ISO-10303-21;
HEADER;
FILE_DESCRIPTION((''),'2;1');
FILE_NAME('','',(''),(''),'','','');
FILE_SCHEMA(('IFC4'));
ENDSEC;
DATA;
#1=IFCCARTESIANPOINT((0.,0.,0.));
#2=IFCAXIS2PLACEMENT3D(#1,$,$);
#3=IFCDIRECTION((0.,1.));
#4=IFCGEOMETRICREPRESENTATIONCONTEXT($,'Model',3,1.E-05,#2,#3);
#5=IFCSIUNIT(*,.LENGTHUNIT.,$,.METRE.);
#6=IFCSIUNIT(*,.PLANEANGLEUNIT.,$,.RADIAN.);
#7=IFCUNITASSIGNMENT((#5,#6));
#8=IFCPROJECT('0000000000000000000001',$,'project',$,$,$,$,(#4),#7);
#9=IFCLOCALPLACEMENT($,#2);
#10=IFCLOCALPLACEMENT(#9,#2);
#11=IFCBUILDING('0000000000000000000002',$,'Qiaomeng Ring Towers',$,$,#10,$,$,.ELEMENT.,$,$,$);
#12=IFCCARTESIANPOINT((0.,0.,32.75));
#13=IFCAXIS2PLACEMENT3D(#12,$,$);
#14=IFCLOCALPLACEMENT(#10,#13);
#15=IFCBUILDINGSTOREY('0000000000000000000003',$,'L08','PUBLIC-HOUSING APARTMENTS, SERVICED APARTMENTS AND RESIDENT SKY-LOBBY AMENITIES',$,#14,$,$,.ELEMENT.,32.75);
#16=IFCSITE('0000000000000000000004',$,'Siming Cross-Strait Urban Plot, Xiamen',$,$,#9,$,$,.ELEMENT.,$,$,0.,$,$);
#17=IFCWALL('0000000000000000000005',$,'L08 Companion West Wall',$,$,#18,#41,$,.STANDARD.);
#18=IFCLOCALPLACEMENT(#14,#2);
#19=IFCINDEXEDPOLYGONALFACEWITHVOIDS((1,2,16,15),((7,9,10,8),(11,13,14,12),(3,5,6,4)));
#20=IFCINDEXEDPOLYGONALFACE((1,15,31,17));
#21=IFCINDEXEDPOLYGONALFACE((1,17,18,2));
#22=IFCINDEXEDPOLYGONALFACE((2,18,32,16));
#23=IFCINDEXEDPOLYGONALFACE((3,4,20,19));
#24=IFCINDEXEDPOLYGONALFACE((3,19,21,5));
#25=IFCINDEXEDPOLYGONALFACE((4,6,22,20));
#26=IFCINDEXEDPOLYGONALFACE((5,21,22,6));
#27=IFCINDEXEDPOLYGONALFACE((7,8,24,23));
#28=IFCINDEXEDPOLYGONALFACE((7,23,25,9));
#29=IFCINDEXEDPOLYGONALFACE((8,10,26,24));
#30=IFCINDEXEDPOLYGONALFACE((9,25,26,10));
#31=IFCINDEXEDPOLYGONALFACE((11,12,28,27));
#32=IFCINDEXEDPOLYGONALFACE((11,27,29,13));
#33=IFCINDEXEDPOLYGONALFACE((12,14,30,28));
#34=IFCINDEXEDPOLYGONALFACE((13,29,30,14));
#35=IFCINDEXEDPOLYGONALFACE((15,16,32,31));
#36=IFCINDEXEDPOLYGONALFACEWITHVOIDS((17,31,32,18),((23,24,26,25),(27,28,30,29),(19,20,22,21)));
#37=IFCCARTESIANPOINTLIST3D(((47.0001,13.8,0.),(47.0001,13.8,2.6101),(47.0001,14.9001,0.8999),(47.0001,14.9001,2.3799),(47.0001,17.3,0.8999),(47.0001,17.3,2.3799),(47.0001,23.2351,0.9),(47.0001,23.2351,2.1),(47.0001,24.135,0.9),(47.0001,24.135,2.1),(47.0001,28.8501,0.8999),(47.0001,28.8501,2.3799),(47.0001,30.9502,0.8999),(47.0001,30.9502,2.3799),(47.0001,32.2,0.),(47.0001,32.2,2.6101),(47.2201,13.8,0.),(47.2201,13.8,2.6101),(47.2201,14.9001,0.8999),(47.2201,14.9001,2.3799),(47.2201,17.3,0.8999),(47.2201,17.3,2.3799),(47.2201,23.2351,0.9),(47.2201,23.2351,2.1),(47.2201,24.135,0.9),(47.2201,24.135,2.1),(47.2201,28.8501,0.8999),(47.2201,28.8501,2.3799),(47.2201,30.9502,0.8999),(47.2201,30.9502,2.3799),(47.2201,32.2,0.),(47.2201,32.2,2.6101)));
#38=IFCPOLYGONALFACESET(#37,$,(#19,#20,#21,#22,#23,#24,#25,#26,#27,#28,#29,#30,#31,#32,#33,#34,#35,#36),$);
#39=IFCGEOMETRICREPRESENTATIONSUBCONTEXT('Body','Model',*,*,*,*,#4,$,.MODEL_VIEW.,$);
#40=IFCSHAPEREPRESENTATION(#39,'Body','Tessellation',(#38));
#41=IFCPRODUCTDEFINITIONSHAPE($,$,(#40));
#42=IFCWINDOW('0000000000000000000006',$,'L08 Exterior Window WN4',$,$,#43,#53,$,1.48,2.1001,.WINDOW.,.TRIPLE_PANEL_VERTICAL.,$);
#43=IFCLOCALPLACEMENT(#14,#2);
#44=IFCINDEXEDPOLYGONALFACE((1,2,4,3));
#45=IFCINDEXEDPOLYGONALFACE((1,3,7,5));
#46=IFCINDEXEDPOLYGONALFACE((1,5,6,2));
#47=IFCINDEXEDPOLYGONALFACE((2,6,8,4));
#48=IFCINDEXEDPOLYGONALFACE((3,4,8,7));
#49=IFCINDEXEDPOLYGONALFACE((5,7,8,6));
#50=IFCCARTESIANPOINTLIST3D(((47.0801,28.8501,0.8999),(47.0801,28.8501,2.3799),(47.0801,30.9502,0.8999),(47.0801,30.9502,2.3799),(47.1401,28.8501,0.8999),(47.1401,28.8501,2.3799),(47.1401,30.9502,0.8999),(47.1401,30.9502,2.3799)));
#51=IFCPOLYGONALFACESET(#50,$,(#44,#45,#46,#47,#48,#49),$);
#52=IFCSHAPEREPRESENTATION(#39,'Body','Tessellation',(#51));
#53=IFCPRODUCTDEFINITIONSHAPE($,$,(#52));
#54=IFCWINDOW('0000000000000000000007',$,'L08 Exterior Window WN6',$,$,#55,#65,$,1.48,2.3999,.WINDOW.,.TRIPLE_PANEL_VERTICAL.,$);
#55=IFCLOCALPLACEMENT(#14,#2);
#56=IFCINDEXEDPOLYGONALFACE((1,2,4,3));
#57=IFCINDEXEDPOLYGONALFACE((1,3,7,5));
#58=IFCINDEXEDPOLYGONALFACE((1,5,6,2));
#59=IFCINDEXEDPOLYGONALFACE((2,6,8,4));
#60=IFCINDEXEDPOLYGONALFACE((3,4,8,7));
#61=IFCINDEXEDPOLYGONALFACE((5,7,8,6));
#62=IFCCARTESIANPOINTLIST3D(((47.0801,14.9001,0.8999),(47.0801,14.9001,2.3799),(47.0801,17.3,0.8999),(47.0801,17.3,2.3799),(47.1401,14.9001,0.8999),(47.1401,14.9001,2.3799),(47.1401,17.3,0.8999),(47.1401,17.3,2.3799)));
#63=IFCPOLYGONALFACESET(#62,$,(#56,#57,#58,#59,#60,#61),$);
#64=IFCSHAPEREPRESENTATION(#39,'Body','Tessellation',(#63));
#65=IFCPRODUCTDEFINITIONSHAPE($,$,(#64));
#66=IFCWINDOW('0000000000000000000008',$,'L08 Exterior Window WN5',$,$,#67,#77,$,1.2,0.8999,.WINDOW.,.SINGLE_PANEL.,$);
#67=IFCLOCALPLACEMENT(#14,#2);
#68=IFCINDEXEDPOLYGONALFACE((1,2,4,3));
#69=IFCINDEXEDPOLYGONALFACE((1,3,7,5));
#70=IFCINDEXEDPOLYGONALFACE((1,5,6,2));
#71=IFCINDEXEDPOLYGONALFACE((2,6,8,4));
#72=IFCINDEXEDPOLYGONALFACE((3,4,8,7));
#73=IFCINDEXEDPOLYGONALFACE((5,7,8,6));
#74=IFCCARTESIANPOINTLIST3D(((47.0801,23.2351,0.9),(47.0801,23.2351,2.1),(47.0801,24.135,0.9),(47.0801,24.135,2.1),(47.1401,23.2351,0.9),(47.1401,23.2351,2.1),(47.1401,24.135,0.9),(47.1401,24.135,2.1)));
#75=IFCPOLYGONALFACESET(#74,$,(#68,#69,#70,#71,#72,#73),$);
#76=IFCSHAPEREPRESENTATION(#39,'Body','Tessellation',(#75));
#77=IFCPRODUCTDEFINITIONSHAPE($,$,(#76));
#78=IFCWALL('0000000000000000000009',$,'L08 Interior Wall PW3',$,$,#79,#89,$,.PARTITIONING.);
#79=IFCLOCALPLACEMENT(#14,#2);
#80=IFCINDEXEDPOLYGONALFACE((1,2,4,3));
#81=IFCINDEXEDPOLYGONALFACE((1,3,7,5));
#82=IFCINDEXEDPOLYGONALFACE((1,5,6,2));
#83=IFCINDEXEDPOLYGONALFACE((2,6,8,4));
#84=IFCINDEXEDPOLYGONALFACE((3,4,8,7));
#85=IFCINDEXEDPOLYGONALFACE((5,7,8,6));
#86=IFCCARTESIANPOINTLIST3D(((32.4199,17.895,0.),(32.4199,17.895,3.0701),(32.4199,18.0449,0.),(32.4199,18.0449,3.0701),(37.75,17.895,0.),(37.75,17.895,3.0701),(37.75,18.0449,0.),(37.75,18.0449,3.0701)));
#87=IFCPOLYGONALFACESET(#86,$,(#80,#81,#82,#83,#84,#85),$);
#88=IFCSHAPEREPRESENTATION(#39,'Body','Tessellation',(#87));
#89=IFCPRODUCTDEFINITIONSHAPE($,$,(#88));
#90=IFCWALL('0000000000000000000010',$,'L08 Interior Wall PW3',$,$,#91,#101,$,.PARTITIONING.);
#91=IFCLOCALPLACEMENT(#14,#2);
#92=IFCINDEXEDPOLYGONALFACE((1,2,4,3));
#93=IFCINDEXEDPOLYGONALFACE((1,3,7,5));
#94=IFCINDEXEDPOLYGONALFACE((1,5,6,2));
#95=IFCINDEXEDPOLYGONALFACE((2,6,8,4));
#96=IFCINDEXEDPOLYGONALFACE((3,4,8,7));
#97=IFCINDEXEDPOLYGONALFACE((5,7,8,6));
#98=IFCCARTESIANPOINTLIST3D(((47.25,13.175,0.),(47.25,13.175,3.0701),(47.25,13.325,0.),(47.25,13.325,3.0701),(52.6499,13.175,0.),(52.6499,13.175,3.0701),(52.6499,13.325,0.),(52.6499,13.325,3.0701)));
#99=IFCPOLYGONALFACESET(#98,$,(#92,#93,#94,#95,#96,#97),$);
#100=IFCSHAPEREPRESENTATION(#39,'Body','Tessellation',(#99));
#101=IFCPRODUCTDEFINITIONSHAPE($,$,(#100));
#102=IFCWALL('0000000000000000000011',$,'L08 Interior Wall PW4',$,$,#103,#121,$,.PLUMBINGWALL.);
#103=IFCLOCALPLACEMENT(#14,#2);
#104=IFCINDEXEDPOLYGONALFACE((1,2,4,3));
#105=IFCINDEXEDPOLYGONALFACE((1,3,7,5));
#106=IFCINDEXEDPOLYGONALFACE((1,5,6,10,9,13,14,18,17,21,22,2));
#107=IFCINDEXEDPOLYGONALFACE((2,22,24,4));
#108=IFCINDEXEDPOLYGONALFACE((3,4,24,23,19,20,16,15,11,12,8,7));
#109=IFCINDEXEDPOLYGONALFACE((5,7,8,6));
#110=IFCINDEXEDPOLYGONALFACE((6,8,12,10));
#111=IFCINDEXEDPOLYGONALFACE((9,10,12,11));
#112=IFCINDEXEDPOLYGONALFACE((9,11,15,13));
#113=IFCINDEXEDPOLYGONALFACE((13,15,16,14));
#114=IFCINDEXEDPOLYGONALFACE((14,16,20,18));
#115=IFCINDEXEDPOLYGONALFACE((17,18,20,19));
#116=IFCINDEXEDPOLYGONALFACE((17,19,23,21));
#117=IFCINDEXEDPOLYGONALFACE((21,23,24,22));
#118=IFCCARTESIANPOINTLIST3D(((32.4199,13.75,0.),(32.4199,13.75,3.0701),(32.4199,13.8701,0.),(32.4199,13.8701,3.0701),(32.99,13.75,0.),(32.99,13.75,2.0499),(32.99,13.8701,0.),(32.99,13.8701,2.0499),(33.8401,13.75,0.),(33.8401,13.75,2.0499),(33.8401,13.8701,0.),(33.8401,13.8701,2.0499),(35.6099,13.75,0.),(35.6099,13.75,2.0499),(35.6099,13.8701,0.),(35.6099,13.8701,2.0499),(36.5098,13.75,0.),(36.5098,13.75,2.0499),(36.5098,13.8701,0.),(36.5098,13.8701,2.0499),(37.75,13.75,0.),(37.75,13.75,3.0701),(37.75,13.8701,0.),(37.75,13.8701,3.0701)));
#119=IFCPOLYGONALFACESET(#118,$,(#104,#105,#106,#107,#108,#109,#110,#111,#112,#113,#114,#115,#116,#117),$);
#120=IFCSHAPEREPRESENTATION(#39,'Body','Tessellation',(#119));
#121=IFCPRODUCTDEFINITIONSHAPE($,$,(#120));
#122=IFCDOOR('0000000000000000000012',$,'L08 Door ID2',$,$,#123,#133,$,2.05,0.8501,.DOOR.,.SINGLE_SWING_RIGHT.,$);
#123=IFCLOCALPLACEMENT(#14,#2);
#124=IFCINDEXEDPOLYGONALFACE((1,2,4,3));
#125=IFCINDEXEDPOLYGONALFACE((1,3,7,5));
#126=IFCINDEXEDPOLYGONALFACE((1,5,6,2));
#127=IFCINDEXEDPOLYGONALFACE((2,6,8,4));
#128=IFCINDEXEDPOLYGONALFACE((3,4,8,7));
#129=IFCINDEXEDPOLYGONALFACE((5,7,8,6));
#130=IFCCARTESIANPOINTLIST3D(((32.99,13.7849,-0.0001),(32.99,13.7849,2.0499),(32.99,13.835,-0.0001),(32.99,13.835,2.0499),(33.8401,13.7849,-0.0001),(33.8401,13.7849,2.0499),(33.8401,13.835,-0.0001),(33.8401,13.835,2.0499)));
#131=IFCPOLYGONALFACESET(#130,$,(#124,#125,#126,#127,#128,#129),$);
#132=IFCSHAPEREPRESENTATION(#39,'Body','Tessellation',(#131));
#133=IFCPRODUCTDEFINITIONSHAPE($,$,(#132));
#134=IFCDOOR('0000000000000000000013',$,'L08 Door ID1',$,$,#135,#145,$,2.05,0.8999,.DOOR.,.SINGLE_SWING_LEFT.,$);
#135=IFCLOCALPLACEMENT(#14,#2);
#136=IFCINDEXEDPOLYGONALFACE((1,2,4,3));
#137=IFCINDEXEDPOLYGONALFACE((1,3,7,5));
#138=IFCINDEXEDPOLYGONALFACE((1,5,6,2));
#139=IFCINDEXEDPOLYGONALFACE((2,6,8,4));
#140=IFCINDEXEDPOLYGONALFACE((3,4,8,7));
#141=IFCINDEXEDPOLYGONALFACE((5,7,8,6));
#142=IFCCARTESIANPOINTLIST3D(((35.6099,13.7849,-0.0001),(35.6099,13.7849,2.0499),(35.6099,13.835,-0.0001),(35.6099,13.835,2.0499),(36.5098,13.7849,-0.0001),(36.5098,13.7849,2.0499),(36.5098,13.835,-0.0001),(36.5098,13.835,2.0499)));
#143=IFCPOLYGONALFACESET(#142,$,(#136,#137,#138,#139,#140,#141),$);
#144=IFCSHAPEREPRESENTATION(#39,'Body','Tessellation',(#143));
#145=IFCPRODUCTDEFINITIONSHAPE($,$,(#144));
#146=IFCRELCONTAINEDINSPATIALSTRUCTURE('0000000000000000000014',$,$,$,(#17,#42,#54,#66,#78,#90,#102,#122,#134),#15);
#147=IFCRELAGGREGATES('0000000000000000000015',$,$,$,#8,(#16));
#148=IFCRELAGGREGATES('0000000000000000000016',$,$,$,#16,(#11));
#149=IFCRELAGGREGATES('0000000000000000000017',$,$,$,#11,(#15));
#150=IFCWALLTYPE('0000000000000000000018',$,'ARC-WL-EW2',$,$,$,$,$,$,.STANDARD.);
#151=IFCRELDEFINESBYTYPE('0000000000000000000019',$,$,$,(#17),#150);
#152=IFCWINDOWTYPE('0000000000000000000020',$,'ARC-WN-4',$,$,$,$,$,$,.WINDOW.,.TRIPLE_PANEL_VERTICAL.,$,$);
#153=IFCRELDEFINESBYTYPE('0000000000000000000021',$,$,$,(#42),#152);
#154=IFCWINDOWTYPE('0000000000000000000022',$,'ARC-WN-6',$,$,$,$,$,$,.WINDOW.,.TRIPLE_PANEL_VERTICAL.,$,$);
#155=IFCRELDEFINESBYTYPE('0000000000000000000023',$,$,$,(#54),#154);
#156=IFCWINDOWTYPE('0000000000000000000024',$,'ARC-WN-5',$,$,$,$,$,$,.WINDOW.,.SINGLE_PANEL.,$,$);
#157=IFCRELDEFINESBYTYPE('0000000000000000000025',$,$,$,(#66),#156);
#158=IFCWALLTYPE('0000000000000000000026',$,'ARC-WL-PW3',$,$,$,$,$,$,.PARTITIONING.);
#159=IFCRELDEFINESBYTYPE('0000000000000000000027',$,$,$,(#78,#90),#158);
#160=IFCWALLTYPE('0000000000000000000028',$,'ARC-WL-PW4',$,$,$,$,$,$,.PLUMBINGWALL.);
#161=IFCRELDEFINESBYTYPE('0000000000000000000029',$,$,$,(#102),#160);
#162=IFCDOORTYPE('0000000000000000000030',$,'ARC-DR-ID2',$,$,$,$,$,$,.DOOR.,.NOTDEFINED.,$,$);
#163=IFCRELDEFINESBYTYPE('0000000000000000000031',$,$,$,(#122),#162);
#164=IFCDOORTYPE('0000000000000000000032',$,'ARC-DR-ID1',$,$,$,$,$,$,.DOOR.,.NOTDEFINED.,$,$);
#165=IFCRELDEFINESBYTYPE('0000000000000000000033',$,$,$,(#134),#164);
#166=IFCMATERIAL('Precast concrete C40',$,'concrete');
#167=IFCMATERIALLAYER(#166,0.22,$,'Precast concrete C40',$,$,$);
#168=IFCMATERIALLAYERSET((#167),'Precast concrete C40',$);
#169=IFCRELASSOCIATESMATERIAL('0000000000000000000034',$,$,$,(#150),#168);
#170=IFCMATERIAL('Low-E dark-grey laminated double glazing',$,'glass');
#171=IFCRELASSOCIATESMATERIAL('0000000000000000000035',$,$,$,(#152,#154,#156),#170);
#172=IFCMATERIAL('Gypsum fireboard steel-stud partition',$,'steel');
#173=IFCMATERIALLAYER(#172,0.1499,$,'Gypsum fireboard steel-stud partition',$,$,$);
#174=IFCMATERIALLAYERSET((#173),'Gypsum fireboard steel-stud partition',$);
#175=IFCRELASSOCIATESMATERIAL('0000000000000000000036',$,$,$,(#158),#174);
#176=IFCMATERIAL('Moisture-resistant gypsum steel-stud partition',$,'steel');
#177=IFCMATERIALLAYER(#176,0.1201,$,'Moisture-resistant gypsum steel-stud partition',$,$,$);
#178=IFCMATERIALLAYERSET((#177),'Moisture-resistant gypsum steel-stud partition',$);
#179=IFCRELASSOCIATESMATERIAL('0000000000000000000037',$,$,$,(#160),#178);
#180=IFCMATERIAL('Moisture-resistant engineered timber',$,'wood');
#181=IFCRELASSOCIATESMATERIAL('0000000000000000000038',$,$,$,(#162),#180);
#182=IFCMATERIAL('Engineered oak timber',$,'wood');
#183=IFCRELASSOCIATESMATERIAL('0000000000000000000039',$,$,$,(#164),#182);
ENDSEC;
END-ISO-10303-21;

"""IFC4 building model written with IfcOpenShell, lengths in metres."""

from ifc_helpers import new_model, si_unit, direction, frame, frame_2d, origin, place, context, subcontext, project, spatial, rectangle, extrude, source, transform, mapped, material, layer, layer_set, type_object, element, fill, save


model = new_model("IFC4")

# Units and contexts
model_context = context("Model", 3, precision=1e-05, world=origin(), true_north=direction((0.0, 1.0)))
body_context = subcontext(model_context, "Body", "Model", "MODEL_VIEW")
ifc_project = project(units=[si_unit("LENGTHUNIT", "METRE"), si_unit("PLANEANGLEUNIT", "RADIAN")], contexts=[model_context])

# Site, building, storey
site_placement = place(None, origin())
site = spatial("IfcSite", under=ifc_project, at=site_placement, Name="Siming Cross-Strait Urban Plot, Xiamen", CompositionType="ELEMENT", RefElevation=0.0)
building_placement = place(site_placement, origin())
building = spatial("IfcBuilding", under=site, at=building_placement, Name="Qiaomeng Ring Towers", CompositionType="ELEMENT")
storey_placement = place(building_placement, frame((0.0, 0.0, 32.75)))
storey = spatial("IfcBuildingStorey", under=building, at=storey_placement, Name="L08", Description="PUBLIC-HOUSING APARTMENTS, SERVICED APARTMENTS AND RESIDENT SKY-LOBBY AMENITIES", CompositionType="ELEMENT", Elevation=32.75)

# Wall, openings, windows
ifc_material_1 = material(Name="Precast concrete C40", Category="concrete")
ifc_layer_1 = layer(ifc_material_1, 0.22, Name="Precast concrete C40")
ifc_layer_set_1 = layer_set([ifc_layer_1], Name="Precast concrete C40")
wall_type_1 = type_object("IfcWallType", Name="ARC-WL-EW2", PredefinedType="STANDARD", material=ifc_layer_set_1)
wall_1_placement = place(storey_placement, frame((47.1101, 13.8, 0.0), z_axis=(0.0, 0.0, 1.0), x_axis=(0.0, 1.0, 0.0)))
wall_1 = element("IfcWall", 1, at=wall_1_placement, inside=storey, type_object=wall_type_1, Name="L08 Companion West Wall", PredefinedType="STANDARD", context=body_context, shape_type="SweptSolid", body=[
    extrude(rectangle(XDim=18.3999, YDim=0.22, at=frame_2d((9.2, 0.0))), origin(), (0.0, 0.0, 1.0), 2.6101),
])
opening_1_placement = place(wall_1_placement, frame((1.1001, 0.0, 0.8999)))
opening_1 = element("IfcOpeningElement", 2, at=opening_1_placement, cuts=wall_1, PredefinedType="OPENING", context=body_context, shape_type="SweptSolid", body=[
    extrude(rectangle(XDim=2.3999, YDim=1.48, at=frame_2d((1.2, 0.74))), frame((0.0, 0.1199, 0.0), z_axis=(0.0, -1.0, 0.0), x_axis=(1.0, 0.0, 0.0)), (0.0, 0.0, 1.0), 0.24),
])
opening_2_placement = place(wall_1_placement, frame((15.05, 0.0, 0.8999)))
opening_2 = element("IfcOpeningElement", 3, at=opening_2_placement, cuts=wall_1, PredefinedType="OPENING", context=body_context, shape_type="SweptSolid", body=[
    extrude(rectangle(XDim=2.1001, YDim=1.48, at=frame_2d((1.05, 0.74))), frame((0.0, 0.1199, 0.0), z_axis=(0.0, -1.0, 0.0), x_axis=(1.0, 0.0, 0.0)), (0.0, 0.0, 1.0), 0.24),
])
opening_3_placement = place(wall_1_placement, frame((9.4351, 0.0, 0.8999)))
opening_3 = element("IfcOpeningElement", 4, at=opening_3_placement, cuts=wall_1, PredefinedType="OPENING", context=body_context, shape_type="SweptSolid", body=[
    extrude(rectangle(XDim=0.8999, YDim=1.2, at=frame_2d((0.45, 0.6001))), frame((0.0, 0.1199, 0.0), z_axis=(0.0, -1.0, 0.0), x_axis=(1.0, 0.0, 0.0)), (0.0, 0.0, 1.0), 0.24),
])
ifc_material_2 = material(Name="Low-E dark-grey laminated double glazing", Category="glass")
window_type_1 = type_object("IfcWindowType", Name="ARC-WN-4", PartitioningType="TRIPLE_PANEL_VERTICAL", PredefinedType="WINDOW", material=ifc_material_2)
shared_shape_1 = source(origin(), body_context, "Body", "SweptSolid", [
    extrude(rectangle(XDim=2.1001, YDim=1.48, at=frame_2d((1.05, 0.74))), frame((0.0, 0.03, 0.0), z_axis=(0.0, -1.0, 0.0), x_axis=(1.0, 0.0, 0.0)), (0.0, 0.0, 1.0), 0.0601),
])
window_1_placement = place(opening_2_placement, origin())
window_1 = element("IfcWindow", 5, at=window_1_placement, inside=storey, type_object=window_type_1, Name="L08 Exterior Window WN4", OverallHeight=1.48, OverallWidth=2.1001, PartitioningType="TRIPLE_PANEL_VERTICAL", PredefinedType="WINDOW", context=body_context, shape_type="MappedRepresentation", body=[
    mapped(shared_shape_1, transform((0.0, 0.0, 0.0), x_axis=(1.0, 0.0, 0.0), y_axis=(0.0, 1.0, 0.0), z_axis=(0.0, 0.0, 1.0), scale=1.0)),
])
fill(opening_2, window_1)
window_type_2 = type_object("IfcWindowType", Name="ARC-WN-6", PartitioningType="TRIPLE_PANEL_VERTICAL", PredefinedType="WINDOW", material=ifc_material_2)
shared_shape_2 = source(origin(), body_context, "Body", "SweptSolid", [
    extrude(rectangle(XDim=2.3999, YDim=1.48, at=frame_2d((1.2, 0.74))), frame((0.0, 0.03, 0.0), z_axis=(0.0, -1.0, 0.0), x_axis=(1.0, 0.0, 0.0)), (0.0, 0.0, 1.0), 0.0601),
])
window_2_placement = place(opening_1_placement, origin())
window_2 = element("IfcWindow", 6, at=window_2_placement, inside=storey, type_object=window_type_2, Name="L08 Exterior Window WN6", OverallHeight=1.48, OverallWidth=2.3999, PartitioningType="TRIPLE_PANEL_VERTICAL", PredefinedType="WINDOW", context=body_context, shape_type="MappedRepresentation", body=[
    mapped(shared_shape_2, transform((0.0, 0.0, 0.0), x_axis=(1.0, 0.0, 0.0), y_axis=(0.0, 1.0, 0.0), z_axis=(0.0, 0.0, 1.0), scale=1.0)),
])
fill(opening_1, window_2)
window_type_3 = type_object("IfcWindowType", Name="ARC-WN-5", PartitioningType="SINGLE_PANEL", PredefinedType="WINDOW", material=ifc_material_2)
shared_shape_3 = source(origin(), body_context, "Body", "SweptSolid", [
    extrude(rectangle(XDim=0.8999, YDim=1.2, at=frame_2d((0.45, 0.6001))), frame((0.0, 0.03, 0.0), z_axis=(0.0, -1.0, 0.0), x_axis=(1.0, 0.0, 0.0)), (0.0, 0.0, 1.0), 0.0601),
])
window_3_placement = place(opening_3_placement, origin())
window_3 = element("IfcWindow", 7, at=window_3_placement, inside=storey, type_object=window_type_3, Name="L08 Exterior Window WN5", OverallHeight=1.2, OverallWidth=0.8999, PartitioningType="SINGLE_PANEL", PredefinedType="WINDOW", context=body_context, shape_type="MappedRepresentation", body=[
    mapped(shared_shape_3, transform((0.0, 0.0, 0.0), x_axis=(1.0, 0.0, 0.0), y_axis=(0.0, 1.0, 0.0), z_axis=(0.0, 0.0, 1.0), scale=1.0)),
])
fill(opening_3, window_3)

# Walls
ifc_material_3 = material(Name="Gypsum fireboard steel-stud partition", Category="steel")
ifc_layer_2 = layer(ifc_material_3, 0.1499, Name="Gypsum fireboard steel-stud partition")
ifc_layer_set_2 = layer_set([ifc_layer_2], Name="Gypsum fireboard steel-stud partition")
wall_type_2 = type_object("IfcWallType", Name="ARC-WL-PW3", PredefinedType="PARTITIONING", material=ifc_layer_set_2)
wall_2_placement = place(storey_placement, frame((32.4199, 17.97, 0.0), z_axis=(0.0, 0.0, 1.0), x_axis=(1.0, 0.0, 0.0)))
element("IfcWall", 8, at=wall_2_placement, inside=storey, type_object=wall_type_2, Name="L08 Interior Wall PW3", PredefinedType="PARTITIONING", context=body_context, shape_type="SweptSolid", body=[
    extrude(rectangle(XDim=5.3301, YDim=0.1499, at=frame_2d((2.665, 0.0))), origin(), (0.0, 0.0, 1.0), 3.0701),
])
wall_3_placement = place(storey_placement, frame((47.25, 13.25, 0.0), z_axis=(0.0, 0.0, 1.0), x_axis=(1.0, 0.0, 0.0)))
element("IfcWall", 9, at=wall_3_placement, inside=storey, type_object=wall_type_2, Name="L08 Interior Wall PW3", PredefinedType="PARTITIONING", context=body_context, shape_type="SweptSolid", body=[
    extrude(rectangle(XDim=5.3999, YDim=0.1499, at=frame_2d((2.7, 0.0))), origin(), (0.0, 0.0, 1.0), 3.0701),
])

# Wall, openings, doors
ifc_material_4 = material(Name="Moisture-resistant gypsum steel-stud partition", Category="steel")
ifc_layer_3 = layer(ifc_material_4, 0.1201, Name="Moisture-resistant gypsum steel-stud partition")
ifc_layer_set_3 = layer_set([ifc_layer_3], Name="Moisture-resistant gypsum steel-stud partition")
wall_type_3 = type_object("IfcWallType", Name="ARC-WL-PW4", PredefinedType="PLUMBINGWALL", material=ifc_layer_set_3)
wall_4_placement = place(storey_placement, frame((32.4199, 13.8101, 0.0), z_axis=(0.0, 0.0, 1.0), x_axis=(1.0, 0.0, 0.0)))
wall_4 = element("IfcWall", 10, at=wall_4_placement, inside=storey, type_object=wall_type_3, Name="L08 Interior Wall PW4", PredefinedType="PLUMBINGWALL", context=body_context, shape_type="SweptSolid", body=[
    extrude(rectangle(XDim=5.3301, YDim=0.1201, at=frame_2d((2.665, 0.0))), origin(), (0.0, 0.0, 1.0), 3.0701),
])
opening_4_placement = place(wall_4_placement, frame((0.5701, 0.0, 0.0)))
opening_4 = element("IfcOpeningElement", 11, at=opening_4_placement, cuts=wall_4, PredefinedType="OPENING", context=body_context, shape_type="SweptSolid", body=[
    extrude(rectangle(XDim=0.8501, YDim=2.05, at=frame_2d((0.425, 1.0249))), frame((0.0, 0.0701, 0.0), z_axis=(0.0, -1.0, 0.0), x_axis=(1.0, 0.0, 0.0)), (0.0, 0.0, 1.0), 0.1401),
])
opening_5_placement = place(wall_4_placement, frame((3.1899, 0.0, 0.0)))
opening_5 = element("IfcOpeningElement", 12, at=opening_5_placement, cuts=wall_4, PredefinedType="OPENING", context=body_context, shape_type="SweptSolid", body=[
    extrude(rectangle(XDim=0.8999, YDim=2.05, at=frame_2d((0.45, 1.0249))), frame((0.0, 0.0701, 0.0), z_axis=(0.0, -1.0, 0.0), x_axis=(1.0, 0.0, 0.0)), (0.0, 0.0, 1.0), 0.1401),
])
ifc_material_5 = material(Name="Moisture-resistant engineered timber", Category="wood")
door_type_1 = type_object("IfcDoorType", Name="ARC-DR-ID2", OperationType="NOTDEFINED", PredefinedType="DOOR", material=ifc_material_5)
shared_shape_4 = source(origin(), body_context, "Body", "SweptSolid", [
    extrude(rectangle(XDim=0.8501, YDim=2.05, at=frame_2d((0.425, 1.0249))), frame((0.0, 0.0249, 0.0), z_axis=(0.0, -1.0, 0.0), x_axis=(1.0, 0.0, 0.0)), (0.0, 0.0, 1.0), 0.05),
])
door_1_placement = place(opening_4_placement, origin())
door_1 = element("IfcDoor", 13, at=door_1_placement, inside=storey, type_object=door_type_1, Name="L08 Door ID2", OperationType="SINGLE_SWING_RIGHT", OverallHeight=2.05, OverallWidth=0.8501, PredefinedType="DOOR", context=body_context, shape_type="MappedRepresentation", body=[
    mapped(shared_shape_4, transform((0.0, 0.0, 0.0), x_axis=(1.0, 0.0, 0.0), y_axis=(0.0, 1.0, 0.0), z_axis=(0.0, 0.0, 1.0), scale=1.0)),
])
fill(opening_4, door_1)
ifc_material_6 = material(Name="Engineered oak timber", Category="wood")
door_type_2 = type_object("IfcDoorType", Name="ARC-DR-ID1", OperationType="NOTDEFINED", PredefinedType="DOOR", material=ifc_material_6)
shared_shape_5 = source(origin(), body_context, "Body", "SweptSolid", [
    extrude(rectangle(XDim=0.8999, YDim=2.05, at=frame_2d((0.45, 1.0249))), frame((0.0, 0.0249, 0.0), z_axis=(0.0, -1.0, 0.0), x_axis=(1.0, 0.0, 0.0)), (0.0, 0.0, 1.0), 0.05),
])
door_2_placement = place(opening_5_placement, origin())
door_2 = element("IfcDoor", 14, at=door_2_placement, inside=storey, type_object=door_type_2, Name="L08 Door ID1", OperationType="SINGLE_SWING_LEFT", OverallHeight=2.05, OverallWidth=0.8999, PredefinedType="DOOR", context=body_context, shape_type="MappedRepresentation", body=[
    mapped(shared_shape_5, transform((0.0, 0.0, 0.0), x_axis=(1.0, 0.0, 0.0), y_axis=(0.0, 1.0, 0.0), z_axis=(0.0, 0.0, 1.0), scale=1.0)),
])
fill(opening_5, door_2)

save(model, "model.ifc")
